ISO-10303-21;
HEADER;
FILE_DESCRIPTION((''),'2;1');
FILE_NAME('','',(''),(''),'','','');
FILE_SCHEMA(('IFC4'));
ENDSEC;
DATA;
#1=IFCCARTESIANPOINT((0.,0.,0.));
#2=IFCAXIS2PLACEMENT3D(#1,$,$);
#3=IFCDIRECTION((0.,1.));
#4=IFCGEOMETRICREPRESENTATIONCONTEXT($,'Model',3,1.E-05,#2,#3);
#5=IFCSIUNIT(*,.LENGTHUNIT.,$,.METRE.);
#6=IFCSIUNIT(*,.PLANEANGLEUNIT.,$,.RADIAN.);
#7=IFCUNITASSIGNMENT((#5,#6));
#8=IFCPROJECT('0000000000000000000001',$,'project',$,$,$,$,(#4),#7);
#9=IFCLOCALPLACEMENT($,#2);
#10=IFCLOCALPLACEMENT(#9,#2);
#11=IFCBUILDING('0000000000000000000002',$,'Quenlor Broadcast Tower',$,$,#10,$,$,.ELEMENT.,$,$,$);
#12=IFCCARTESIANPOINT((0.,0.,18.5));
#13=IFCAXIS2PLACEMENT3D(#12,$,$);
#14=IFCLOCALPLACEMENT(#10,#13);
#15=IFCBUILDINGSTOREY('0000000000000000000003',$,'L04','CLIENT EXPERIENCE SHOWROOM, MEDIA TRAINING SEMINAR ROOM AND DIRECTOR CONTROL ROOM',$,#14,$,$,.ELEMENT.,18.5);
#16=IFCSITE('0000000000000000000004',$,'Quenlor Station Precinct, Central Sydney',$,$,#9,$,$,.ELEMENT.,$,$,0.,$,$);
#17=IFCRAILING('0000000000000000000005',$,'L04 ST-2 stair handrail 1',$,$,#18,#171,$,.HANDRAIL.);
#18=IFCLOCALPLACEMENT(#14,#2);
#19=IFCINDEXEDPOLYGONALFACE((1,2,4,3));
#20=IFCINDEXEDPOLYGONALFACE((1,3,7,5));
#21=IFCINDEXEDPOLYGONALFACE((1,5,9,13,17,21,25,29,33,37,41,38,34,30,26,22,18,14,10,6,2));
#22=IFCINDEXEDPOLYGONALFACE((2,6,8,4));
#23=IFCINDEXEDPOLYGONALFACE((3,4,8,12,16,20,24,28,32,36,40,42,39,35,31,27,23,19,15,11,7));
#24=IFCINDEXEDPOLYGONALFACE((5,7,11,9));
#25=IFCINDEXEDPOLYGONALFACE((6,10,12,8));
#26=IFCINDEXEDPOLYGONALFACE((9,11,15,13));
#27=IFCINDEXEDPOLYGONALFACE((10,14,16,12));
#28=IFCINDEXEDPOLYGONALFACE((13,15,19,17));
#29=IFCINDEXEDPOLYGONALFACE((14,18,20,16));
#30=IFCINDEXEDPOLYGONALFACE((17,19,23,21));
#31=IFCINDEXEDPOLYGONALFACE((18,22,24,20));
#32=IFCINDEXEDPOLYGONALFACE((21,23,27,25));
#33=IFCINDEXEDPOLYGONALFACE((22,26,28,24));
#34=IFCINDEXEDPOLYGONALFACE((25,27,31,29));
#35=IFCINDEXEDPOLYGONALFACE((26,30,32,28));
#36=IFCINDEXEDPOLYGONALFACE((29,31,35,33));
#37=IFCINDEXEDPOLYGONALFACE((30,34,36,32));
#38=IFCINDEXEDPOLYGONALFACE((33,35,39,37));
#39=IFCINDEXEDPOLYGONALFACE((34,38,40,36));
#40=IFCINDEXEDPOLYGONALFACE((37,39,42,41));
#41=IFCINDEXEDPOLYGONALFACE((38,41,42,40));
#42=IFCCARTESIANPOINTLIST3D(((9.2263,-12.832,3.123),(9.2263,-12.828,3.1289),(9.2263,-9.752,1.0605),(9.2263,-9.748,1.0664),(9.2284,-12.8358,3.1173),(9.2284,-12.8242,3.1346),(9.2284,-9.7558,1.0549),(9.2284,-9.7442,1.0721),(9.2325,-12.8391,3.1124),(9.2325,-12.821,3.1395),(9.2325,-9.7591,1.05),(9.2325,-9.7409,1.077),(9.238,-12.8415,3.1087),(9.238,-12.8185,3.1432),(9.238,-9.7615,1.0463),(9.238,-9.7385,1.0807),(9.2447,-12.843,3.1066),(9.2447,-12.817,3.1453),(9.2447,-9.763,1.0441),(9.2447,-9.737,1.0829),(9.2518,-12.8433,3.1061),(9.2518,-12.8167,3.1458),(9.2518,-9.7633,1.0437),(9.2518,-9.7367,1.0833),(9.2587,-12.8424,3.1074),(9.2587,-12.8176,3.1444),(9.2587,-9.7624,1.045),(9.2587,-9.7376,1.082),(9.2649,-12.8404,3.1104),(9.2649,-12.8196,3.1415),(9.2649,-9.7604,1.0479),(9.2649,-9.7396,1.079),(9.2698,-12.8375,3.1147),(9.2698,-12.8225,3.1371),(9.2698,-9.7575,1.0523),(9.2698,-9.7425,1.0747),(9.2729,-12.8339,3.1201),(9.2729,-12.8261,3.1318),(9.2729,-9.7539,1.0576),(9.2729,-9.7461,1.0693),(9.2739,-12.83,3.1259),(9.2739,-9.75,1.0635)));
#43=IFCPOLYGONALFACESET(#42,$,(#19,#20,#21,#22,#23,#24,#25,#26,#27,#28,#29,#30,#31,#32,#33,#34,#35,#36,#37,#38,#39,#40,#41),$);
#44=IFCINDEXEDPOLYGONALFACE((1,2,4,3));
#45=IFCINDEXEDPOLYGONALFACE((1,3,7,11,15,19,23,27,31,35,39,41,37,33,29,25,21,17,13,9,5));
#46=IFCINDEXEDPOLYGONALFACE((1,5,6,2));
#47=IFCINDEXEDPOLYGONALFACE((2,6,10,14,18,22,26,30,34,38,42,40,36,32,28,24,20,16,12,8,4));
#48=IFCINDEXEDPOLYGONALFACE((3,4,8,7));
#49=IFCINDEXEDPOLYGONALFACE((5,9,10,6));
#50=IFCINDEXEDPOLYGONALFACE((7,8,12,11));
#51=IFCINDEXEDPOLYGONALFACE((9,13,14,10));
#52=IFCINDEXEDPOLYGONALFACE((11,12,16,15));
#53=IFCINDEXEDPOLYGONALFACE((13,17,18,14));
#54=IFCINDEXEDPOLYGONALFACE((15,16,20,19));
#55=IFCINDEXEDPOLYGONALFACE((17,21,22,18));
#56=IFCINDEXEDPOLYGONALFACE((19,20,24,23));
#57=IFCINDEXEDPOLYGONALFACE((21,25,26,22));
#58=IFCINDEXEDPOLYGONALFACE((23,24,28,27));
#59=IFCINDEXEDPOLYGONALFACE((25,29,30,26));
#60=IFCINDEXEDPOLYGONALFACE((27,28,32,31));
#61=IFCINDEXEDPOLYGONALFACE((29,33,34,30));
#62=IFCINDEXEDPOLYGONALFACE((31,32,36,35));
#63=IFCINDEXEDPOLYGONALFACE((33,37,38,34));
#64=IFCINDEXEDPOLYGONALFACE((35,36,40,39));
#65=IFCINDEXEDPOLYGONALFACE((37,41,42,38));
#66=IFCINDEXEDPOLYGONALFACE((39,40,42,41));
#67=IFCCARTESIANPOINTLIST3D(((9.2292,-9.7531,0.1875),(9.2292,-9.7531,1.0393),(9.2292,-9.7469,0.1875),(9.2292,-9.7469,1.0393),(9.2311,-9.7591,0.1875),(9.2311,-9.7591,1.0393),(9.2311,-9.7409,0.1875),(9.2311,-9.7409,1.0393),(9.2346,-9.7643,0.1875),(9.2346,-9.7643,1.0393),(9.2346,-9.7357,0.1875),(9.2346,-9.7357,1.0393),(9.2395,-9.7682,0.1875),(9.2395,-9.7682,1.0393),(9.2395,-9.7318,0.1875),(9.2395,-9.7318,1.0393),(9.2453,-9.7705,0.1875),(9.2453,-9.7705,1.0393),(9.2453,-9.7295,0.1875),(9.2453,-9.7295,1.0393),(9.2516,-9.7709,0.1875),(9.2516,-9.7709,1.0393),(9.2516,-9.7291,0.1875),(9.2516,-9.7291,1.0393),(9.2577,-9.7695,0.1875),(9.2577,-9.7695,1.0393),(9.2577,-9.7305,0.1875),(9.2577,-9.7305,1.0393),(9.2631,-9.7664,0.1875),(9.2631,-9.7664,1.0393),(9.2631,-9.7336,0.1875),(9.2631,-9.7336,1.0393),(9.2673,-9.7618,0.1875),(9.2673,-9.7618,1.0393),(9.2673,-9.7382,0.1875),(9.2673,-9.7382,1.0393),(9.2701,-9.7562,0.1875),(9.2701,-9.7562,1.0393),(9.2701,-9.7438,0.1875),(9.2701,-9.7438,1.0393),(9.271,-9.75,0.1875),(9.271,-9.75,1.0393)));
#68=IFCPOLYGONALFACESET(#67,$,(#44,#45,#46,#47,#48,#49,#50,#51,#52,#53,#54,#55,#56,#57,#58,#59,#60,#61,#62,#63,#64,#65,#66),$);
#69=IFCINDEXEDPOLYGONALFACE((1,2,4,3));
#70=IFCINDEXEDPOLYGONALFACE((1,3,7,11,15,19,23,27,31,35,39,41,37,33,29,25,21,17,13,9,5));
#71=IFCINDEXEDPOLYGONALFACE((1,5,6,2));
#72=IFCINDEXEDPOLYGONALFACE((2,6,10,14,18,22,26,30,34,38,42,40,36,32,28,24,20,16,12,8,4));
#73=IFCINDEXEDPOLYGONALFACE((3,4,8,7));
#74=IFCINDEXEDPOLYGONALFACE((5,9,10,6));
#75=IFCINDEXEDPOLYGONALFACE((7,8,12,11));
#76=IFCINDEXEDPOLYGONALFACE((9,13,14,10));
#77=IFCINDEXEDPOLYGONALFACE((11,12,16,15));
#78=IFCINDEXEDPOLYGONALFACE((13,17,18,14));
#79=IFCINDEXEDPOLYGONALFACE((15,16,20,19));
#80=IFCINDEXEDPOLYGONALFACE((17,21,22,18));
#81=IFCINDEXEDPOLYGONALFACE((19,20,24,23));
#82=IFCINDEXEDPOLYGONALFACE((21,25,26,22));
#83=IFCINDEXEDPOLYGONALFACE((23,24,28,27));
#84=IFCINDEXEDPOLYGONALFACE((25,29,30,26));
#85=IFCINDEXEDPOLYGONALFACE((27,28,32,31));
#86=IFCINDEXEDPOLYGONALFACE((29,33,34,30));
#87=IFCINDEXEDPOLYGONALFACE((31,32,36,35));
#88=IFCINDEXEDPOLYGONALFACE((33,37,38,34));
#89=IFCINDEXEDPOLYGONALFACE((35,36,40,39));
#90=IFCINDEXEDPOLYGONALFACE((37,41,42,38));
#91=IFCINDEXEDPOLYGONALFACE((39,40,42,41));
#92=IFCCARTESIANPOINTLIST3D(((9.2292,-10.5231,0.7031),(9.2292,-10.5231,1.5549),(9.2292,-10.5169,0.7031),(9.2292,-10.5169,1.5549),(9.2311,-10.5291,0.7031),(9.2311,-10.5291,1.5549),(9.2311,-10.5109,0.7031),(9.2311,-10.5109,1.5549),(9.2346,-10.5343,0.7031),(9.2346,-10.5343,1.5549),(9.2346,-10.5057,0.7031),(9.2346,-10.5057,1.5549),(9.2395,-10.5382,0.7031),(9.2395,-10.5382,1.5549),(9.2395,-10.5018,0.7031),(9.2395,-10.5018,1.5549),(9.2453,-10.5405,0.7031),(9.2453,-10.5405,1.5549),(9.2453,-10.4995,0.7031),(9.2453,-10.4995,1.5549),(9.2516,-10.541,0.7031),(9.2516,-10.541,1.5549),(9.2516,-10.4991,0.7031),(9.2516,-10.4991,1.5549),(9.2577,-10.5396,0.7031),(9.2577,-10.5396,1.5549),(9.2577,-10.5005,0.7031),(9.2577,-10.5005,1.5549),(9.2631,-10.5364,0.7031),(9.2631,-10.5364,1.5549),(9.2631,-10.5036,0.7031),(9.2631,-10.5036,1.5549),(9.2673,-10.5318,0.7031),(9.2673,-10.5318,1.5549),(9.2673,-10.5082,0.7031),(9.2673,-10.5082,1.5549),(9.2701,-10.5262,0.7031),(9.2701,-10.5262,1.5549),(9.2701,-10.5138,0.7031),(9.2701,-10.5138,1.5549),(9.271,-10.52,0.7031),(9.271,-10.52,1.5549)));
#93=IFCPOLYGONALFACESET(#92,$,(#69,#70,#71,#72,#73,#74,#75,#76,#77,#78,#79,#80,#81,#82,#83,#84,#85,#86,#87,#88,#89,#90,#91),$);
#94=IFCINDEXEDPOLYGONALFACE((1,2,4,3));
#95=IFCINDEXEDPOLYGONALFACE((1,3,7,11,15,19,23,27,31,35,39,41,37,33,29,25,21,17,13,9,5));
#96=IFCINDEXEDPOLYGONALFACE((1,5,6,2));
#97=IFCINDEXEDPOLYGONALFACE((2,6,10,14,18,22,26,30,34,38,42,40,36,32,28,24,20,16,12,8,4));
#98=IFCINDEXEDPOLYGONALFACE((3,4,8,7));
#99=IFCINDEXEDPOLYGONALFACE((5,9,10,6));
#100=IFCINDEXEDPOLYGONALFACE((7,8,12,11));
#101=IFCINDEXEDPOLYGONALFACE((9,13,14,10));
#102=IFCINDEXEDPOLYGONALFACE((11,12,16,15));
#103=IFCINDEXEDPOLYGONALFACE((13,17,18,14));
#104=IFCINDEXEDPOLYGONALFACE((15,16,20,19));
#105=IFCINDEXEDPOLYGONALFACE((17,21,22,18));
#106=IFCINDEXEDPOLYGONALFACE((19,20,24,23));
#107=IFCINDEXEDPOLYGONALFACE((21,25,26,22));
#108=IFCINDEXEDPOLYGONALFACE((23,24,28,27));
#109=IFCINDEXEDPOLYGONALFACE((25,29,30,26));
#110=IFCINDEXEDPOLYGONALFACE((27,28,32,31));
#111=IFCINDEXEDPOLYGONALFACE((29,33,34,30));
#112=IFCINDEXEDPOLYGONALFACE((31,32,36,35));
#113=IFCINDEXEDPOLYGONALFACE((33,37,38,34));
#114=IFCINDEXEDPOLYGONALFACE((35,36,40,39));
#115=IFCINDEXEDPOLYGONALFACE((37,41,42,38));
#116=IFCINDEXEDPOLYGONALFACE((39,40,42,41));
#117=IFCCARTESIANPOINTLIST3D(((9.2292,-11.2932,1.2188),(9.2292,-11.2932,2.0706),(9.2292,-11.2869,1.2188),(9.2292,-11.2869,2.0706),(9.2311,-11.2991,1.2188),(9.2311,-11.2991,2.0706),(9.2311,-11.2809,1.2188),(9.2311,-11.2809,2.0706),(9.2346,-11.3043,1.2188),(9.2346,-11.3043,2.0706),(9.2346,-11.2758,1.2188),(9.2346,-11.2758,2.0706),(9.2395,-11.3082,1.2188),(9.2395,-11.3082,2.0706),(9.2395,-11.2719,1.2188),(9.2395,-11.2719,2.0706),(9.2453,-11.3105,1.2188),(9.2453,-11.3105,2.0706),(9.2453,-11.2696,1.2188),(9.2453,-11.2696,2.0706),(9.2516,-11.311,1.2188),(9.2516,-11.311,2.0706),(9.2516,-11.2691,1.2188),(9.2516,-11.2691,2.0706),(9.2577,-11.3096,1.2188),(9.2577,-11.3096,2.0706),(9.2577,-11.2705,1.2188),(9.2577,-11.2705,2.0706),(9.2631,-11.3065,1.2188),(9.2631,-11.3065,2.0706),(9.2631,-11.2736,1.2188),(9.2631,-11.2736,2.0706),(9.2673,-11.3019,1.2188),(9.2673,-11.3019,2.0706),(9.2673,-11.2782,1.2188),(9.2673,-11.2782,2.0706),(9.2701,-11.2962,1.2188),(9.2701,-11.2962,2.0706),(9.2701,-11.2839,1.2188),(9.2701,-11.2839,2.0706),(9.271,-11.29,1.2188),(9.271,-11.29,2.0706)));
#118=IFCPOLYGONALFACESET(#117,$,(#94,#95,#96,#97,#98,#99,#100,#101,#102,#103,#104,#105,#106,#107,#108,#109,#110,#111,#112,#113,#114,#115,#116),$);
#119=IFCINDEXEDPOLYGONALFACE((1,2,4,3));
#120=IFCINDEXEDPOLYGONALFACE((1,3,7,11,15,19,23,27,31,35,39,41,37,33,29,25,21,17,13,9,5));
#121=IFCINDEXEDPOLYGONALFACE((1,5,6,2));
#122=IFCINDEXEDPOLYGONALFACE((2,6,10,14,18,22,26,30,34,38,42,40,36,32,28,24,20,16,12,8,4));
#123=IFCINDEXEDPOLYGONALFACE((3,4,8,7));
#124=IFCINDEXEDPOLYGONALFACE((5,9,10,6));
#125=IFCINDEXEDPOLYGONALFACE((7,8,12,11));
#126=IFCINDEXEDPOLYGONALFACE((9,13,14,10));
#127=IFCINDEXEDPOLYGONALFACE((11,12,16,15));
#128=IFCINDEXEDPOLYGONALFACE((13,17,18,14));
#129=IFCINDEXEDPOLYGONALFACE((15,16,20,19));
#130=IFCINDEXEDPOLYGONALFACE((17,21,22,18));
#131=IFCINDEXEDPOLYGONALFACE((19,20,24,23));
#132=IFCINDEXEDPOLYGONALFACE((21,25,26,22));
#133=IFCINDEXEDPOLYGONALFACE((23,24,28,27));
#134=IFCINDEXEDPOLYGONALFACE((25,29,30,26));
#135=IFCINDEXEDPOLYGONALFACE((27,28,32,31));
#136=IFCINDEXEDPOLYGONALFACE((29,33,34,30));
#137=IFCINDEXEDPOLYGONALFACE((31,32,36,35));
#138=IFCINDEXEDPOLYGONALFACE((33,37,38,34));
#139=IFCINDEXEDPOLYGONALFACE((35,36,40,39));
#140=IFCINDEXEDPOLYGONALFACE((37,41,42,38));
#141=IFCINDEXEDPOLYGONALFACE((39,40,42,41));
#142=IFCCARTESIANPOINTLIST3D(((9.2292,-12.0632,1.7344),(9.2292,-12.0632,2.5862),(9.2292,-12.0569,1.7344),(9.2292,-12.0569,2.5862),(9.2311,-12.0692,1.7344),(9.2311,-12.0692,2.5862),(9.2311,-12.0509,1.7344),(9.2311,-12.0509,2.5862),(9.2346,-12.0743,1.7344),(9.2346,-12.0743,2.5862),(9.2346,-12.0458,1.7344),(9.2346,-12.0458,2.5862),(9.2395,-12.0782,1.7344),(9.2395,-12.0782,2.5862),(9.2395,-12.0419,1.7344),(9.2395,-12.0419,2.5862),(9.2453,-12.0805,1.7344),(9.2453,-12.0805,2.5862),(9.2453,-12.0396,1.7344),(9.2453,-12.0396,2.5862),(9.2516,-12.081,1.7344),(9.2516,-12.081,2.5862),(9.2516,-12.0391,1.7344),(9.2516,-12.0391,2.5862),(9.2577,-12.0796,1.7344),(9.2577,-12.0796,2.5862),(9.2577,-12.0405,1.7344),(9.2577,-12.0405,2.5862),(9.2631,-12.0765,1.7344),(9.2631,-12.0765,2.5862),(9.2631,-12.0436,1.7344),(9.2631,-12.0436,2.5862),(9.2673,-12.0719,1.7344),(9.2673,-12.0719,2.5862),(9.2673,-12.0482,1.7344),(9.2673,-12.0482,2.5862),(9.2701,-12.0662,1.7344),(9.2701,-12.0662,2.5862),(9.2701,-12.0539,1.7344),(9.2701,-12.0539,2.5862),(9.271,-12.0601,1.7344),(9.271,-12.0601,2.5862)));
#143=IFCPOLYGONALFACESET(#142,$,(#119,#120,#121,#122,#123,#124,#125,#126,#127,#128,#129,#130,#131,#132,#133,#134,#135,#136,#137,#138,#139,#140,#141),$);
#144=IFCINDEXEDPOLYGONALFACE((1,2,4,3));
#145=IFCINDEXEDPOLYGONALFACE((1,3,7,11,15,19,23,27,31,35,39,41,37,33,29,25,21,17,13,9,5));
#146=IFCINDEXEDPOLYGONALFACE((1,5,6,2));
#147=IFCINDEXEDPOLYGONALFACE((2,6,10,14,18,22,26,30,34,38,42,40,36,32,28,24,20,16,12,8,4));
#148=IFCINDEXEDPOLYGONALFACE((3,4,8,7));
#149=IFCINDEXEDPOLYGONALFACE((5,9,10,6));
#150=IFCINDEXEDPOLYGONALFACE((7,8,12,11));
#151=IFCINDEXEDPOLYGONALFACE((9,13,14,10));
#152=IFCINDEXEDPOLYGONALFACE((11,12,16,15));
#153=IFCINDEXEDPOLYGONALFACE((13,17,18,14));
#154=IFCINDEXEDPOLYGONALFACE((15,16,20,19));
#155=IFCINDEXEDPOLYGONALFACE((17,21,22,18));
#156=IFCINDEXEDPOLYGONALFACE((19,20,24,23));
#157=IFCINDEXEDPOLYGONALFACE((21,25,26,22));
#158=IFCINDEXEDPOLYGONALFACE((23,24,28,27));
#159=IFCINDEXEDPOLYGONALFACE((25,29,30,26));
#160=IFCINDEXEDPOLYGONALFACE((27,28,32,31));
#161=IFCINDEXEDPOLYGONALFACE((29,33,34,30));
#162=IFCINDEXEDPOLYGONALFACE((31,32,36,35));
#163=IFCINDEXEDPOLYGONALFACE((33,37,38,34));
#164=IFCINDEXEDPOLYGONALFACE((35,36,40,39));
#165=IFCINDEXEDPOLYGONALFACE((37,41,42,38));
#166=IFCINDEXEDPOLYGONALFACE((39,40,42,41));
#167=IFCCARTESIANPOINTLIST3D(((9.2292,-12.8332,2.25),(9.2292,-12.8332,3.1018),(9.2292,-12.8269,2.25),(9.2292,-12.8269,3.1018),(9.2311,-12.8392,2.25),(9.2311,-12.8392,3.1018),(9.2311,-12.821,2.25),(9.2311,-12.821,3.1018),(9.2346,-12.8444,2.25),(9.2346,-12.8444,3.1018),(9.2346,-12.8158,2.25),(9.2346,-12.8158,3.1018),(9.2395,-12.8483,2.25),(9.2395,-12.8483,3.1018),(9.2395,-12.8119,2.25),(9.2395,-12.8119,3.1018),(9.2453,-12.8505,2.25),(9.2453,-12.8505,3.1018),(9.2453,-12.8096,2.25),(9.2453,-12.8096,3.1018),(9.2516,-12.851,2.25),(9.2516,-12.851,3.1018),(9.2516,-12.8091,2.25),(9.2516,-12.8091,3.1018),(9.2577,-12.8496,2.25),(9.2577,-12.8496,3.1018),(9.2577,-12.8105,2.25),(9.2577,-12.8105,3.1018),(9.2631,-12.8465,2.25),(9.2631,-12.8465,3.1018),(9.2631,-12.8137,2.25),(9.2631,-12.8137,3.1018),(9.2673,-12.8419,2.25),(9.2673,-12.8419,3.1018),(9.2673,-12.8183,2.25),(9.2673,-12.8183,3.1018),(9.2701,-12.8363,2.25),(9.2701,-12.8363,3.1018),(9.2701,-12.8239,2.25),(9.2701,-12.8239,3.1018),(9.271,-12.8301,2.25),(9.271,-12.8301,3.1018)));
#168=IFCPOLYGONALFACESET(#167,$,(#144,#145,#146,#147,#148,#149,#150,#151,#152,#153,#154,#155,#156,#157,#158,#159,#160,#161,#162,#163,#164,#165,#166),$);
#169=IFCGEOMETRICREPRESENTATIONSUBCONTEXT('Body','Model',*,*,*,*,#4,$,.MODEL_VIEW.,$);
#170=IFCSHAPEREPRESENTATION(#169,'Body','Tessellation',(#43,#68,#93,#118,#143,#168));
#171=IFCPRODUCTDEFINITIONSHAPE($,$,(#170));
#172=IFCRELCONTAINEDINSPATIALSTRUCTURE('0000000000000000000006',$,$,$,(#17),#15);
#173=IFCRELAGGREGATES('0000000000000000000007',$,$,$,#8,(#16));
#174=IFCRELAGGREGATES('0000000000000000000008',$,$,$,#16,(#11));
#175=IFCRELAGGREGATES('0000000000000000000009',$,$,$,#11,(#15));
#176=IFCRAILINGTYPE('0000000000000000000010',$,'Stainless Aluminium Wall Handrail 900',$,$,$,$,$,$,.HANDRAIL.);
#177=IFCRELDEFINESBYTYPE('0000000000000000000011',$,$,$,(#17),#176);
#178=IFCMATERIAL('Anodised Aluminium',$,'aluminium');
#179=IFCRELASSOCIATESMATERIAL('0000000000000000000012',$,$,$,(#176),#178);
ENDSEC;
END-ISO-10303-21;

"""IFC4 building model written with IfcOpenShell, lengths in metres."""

from ifc_helpers import new_model, si_unit, direction, frame, origin, origin_2d, place, context, subcontext, project, spatial, circle, extrude, material, type_object, element, save


model = new_model("IFC4")

# Units and contexts
model_context = context("Model", 3, precision=1e-05, world=origin(), true_north=direction((0.0, 1.0)))
body_context = subcontext(model_context, "Body", "Model", "MODEL_VIEW")
ifc_project = project(units=[si_unit("LENGTHUNIT", "METRE"), si_unit("PLANEANGLEUNIT", "RADIAN")], contexts=[model_context])

# Site, building, storey
site_placement = place(None, origin())
site = spatial("IfcSite", under=ifc_project, at=site_placement, Name="Quenlor Station Precinct, Central Sydney", CompositionType="ELEMENT", RefElevation=0.0)
building_placement = place(site_placement, origin())
building = spatial("IfcBuilding", under=site, at=building_placement, Name="Quenlor Broadcast Tower", CompositionType="ELEMENT")
storey_placement = place(building_placement, frame((0.0, 0.0, 18.5)))
storey = spatial("IfcBuildingStorey", under=building, at=storey_placement, Name="L04", Description="CLIENT EXPERIENCE SHOWROOM, MEDIA TRAINING SEMINAR ROOM AND DIRECTOR CONTROL ROOM", CompositionType="ELEMENT", Elevation=18.5)

# Railing
ifc_material_1 = material(Name="Anodised Aluminium", Category="aluminium")
railing_type_1 = type_object("IfcRailingType", Name="Stainless Aluminium Wall Handrail 900", PredefinedType="HANDRAIL", material=ifc_material_1)
railing_1_placement = place(storey_placement, frame((9.25, -9.75, 0.1875)))
element("IfcRailing", 1, at=railing_1_placement, inside=storey, type_object=railing_type_1, Name="L04 ST-2 stair handrail 1", PredefinedType="HANDRAIL", context=body_context, shape_type="SweptSolid", body=[
    extrude(circle(Radius=0.0239, at=origin_2d()), frame((0.0, 0.0, 0.876), z_axis=(0.0, -0.830914, 0.556401), x_axis=(1.0, 0.0, 0.0)), (0.0, 0.0, 1.0), 3.7068),
    extrude(circle(Radius=0.021, at=origin_2d()), origin(), (0.0, 0.0, 1.0), 0.8518),
    extrude(circle(Radius=0.021, at=origin_2d()), frame((0.0, -0.77, 0.5156)), (0.0, 0.0, 1.0), 0.8518),
    extrude(circle(Radius=0.021, at=origin_2d()), frame((0.0, -1.54, 1.0312)), (0.0, 0.0, 1.0), 0.8518),
    extrude(circle(Radius=0.021, at=origin_2d()), frame((0.0, -2.3101, 1.5469)), (0.0, 0.0, 1.0), 0.8518),
    extrude(circle(Radius=0.021, at=origin_2d()), frame((0.0, -3.0801, 2.0625)), (0.0, 0.0, 1.0), 0.8518),
])

save(model, "model.ifc")
